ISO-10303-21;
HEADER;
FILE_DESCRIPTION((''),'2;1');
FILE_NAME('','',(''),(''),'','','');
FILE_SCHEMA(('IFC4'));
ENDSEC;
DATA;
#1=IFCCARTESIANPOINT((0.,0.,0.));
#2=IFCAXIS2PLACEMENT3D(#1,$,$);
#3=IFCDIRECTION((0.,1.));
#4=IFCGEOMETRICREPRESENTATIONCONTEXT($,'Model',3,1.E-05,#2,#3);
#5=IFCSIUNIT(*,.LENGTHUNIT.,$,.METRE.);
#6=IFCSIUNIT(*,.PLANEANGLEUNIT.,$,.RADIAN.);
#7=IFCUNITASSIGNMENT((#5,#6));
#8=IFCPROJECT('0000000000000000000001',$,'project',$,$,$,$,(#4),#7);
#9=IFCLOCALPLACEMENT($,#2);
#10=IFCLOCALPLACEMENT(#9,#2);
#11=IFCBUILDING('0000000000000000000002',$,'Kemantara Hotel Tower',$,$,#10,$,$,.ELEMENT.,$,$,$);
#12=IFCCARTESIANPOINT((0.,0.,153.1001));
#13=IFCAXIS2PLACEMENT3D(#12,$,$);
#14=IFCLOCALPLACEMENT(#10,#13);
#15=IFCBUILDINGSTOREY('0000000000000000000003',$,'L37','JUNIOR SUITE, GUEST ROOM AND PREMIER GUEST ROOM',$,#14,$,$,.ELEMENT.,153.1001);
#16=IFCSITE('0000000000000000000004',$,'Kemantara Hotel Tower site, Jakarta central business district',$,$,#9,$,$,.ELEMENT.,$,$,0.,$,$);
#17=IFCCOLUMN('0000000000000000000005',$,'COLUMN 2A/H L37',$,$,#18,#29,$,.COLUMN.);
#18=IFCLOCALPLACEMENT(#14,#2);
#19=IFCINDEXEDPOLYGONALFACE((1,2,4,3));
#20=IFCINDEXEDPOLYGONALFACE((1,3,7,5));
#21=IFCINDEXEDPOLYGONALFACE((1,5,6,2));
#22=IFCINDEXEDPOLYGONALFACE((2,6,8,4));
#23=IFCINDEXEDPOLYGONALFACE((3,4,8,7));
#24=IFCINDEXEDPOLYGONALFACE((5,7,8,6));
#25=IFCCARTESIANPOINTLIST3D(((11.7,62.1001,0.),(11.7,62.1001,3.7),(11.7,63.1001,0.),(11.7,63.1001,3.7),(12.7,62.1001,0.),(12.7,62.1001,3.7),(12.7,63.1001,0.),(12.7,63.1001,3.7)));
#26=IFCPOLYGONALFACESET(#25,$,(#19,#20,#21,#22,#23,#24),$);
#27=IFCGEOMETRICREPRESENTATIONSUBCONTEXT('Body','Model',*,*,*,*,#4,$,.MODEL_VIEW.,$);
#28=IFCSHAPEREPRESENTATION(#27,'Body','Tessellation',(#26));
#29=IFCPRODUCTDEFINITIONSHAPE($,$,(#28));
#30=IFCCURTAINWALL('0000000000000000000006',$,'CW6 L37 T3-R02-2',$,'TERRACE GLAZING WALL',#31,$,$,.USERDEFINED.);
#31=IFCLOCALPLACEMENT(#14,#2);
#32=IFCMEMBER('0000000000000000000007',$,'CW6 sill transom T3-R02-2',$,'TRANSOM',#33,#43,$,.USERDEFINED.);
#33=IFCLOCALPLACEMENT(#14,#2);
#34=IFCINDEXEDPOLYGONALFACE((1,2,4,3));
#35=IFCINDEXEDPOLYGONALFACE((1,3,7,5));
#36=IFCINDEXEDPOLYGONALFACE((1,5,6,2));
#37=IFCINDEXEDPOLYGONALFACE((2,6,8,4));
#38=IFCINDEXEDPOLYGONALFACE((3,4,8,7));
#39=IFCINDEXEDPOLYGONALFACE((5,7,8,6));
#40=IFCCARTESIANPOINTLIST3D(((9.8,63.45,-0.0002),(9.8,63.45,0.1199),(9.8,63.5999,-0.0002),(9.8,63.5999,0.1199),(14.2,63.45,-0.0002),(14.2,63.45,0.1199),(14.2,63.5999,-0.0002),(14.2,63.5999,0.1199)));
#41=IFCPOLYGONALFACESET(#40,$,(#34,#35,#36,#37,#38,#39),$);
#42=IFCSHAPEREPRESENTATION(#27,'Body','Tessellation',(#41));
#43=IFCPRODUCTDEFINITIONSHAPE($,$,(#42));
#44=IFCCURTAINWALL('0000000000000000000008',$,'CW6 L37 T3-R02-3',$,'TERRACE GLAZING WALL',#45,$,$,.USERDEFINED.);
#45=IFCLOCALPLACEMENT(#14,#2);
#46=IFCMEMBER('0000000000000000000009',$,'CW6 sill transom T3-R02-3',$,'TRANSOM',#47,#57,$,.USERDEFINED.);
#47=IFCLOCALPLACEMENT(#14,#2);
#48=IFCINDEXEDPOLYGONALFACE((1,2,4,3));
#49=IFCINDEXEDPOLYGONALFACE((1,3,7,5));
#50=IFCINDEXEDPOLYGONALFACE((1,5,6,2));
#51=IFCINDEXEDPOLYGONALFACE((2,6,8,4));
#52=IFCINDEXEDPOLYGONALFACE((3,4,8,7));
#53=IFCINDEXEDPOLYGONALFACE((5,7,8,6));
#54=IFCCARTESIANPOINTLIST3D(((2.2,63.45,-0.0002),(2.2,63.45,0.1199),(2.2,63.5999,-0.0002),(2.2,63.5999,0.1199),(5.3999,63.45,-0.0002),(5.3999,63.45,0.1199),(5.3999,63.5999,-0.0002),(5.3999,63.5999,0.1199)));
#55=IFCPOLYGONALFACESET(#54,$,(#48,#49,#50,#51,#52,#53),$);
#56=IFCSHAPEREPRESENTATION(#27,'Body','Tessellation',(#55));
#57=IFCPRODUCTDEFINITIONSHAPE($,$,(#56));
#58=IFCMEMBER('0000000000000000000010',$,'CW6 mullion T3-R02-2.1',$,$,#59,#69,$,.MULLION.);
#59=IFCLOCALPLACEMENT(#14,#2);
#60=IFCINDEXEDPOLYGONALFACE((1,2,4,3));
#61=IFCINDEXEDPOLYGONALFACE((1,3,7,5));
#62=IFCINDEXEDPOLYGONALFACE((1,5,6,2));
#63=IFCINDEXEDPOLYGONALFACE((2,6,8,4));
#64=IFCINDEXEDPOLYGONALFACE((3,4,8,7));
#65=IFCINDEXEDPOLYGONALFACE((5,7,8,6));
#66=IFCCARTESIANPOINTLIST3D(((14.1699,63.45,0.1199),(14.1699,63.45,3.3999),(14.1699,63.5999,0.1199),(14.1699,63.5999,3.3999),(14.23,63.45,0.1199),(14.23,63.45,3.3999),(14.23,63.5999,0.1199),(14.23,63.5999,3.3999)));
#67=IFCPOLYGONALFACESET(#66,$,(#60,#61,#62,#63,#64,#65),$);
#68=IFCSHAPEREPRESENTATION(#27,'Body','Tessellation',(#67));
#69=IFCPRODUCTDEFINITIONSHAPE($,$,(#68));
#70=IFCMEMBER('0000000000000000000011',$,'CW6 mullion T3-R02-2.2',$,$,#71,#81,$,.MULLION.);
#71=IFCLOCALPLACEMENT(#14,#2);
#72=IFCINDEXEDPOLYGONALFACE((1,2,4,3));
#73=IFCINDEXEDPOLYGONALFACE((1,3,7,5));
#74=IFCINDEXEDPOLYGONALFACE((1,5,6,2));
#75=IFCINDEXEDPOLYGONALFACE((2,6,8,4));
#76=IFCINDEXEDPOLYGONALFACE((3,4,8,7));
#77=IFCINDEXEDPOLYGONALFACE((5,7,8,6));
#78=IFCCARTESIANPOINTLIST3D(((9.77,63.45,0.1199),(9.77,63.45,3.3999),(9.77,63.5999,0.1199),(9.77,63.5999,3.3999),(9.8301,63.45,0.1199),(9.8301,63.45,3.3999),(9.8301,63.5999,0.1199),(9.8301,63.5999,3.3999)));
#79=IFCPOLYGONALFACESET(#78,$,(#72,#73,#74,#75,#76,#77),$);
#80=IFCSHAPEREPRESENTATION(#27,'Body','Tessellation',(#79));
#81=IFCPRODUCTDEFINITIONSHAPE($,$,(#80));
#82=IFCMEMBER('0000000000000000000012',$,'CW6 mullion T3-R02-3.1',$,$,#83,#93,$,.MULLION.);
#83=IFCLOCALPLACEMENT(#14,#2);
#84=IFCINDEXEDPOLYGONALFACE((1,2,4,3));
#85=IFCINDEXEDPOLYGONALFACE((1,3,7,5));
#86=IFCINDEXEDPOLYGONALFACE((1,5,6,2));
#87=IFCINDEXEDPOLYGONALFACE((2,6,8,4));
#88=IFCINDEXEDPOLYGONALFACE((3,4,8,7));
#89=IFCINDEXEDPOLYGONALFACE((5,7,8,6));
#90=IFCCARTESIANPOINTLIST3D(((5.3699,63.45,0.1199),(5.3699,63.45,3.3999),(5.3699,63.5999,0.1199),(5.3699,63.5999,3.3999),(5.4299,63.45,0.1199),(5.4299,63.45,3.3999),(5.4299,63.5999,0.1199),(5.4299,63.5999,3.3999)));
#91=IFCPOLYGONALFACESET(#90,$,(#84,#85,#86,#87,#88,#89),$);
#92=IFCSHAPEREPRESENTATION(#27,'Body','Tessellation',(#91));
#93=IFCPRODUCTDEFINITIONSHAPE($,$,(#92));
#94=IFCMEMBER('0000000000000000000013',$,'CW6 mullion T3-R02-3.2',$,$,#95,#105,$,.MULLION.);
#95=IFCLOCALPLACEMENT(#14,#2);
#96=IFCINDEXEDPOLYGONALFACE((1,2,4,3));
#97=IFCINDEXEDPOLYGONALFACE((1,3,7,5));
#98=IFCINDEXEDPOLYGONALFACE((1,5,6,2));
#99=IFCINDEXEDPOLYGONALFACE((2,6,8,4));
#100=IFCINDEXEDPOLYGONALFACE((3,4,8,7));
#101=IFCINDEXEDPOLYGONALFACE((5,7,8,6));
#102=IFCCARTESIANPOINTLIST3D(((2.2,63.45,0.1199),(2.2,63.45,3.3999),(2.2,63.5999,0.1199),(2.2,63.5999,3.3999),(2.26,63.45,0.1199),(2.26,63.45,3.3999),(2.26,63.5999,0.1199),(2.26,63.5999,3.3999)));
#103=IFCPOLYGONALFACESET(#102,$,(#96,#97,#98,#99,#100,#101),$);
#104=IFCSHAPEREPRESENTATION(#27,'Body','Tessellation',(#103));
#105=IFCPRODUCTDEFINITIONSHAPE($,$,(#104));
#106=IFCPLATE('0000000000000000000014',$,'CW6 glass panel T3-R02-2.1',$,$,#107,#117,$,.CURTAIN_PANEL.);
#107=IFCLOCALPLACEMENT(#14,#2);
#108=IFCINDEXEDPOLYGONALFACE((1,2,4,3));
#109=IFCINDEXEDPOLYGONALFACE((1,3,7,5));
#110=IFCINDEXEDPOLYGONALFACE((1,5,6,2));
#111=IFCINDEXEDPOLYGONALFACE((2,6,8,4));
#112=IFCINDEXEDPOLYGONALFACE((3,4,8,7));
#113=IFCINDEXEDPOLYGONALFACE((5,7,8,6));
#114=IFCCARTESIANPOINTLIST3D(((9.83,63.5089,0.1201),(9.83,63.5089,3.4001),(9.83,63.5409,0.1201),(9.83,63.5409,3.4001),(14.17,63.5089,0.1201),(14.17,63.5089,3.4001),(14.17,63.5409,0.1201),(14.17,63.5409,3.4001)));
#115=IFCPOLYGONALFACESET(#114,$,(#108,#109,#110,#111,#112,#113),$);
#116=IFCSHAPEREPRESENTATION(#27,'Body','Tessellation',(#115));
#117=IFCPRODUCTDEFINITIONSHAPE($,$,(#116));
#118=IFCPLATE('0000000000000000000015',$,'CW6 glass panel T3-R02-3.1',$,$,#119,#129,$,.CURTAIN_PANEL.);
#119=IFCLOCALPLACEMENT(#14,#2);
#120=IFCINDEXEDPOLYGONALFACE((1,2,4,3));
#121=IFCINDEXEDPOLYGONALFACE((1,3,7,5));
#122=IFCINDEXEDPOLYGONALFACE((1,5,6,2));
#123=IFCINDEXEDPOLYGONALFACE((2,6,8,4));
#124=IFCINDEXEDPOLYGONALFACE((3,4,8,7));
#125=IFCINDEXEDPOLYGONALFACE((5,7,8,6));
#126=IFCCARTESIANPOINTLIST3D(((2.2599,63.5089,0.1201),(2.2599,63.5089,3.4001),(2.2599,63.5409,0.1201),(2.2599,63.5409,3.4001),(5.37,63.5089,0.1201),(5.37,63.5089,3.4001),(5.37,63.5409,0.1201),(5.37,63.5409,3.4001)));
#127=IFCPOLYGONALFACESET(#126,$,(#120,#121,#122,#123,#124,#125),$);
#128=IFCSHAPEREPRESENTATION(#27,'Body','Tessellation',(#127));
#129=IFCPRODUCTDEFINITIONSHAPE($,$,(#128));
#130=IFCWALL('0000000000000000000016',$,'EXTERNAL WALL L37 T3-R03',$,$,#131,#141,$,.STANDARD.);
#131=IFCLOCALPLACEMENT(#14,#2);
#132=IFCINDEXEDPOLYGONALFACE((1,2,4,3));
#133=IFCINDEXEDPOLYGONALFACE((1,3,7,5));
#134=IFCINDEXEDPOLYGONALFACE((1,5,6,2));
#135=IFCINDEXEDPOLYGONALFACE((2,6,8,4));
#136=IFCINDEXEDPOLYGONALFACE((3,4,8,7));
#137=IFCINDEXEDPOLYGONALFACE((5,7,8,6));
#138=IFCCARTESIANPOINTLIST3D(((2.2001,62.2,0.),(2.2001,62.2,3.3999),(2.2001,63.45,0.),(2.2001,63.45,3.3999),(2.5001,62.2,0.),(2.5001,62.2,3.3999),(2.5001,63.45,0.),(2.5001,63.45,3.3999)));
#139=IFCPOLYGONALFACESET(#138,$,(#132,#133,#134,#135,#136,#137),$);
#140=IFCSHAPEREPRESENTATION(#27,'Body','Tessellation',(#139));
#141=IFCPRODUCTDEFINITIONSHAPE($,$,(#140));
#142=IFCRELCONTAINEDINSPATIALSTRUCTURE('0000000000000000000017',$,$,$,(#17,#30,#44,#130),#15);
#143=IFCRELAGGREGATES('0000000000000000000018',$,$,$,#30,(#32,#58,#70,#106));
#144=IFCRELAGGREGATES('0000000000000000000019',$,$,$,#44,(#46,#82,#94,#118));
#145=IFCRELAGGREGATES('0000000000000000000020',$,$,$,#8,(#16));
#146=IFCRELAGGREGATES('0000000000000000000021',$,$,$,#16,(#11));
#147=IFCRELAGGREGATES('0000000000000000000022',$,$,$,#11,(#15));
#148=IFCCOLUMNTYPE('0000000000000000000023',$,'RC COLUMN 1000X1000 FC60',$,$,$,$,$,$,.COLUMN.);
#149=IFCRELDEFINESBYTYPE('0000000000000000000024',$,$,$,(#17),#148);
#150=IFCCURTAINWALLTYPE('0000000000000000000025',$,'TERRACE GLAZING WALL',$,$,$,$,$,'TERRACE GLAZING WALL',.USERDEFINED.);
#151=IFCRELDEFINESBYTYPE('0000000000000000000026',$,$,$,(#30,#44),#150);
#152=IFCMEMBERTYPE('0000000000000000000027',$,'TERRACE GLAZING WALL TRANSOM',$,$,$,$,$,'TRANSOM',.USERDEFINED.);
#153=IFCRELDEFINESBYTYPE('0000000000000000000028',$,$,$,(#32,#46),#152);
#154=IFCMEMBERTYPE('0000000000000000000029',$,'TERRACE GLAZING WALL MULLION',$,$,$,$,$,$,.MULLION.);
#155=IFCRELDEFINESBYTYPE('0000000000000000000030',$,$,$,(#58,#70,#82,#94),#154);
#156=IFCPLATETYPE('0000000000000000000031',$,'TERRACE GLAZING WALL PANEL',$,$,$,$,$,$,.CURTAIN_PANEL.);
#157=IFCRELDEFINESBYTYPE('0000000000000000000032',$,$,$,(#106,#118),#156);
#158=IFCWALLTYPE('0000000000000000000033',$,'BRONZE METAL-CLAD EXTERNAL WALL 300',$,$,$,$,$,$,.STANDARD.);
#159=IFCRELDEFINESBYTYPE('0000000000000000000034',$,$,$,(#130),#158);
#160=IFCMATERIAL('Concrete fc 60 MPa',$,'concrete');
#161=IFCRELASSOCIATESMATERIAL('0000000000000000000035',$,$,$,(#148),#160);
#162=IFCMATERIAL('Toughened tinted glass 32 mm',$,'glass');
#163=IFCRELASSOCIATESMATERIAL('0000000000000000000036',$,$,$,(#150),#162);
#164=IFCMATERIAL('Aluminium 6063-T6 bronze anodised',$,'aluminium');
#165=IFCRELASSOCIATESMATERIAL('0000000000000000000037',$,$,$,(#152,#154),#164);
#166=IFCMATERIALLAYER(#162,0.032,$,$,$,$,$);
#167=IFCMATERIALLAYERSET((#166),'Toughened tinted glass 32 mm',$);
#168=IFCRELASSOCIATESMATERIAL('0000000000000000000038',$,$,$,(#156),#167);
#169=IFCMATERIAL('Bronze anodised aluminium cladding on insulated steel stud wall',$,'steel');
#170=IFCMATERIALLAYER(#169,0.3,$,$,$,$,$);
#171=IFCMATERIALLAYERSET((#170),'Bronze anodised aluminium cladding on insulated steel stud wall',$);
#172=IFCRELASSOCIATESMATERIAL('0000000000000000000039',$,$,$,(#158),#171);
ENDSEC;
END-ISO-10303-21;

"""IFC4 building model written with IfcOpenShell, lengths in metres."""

from ifc_helpers import new_model, si_unit, direction, frame, frame_2d, origin, origin_2d, place, context, subcontext, project, spatial, rectangle, extrude, source, transform, mapped, material, layer, layer_set, material_profile, profile_set, type_object, element, aggregate, save


model = new_model("IFC4")

# Units and contexts
model_context = context("Model", 3, precision=1e-05, world=origin(), true_north=direction((0.0, 1.0)))
body_context = subcontext(model_context, "Body", "Model", "MODEL_VIEW")
ifc_project = project(units=[si_unit("LENGTHUNIT", "METRE"), si_unit("PLANEANGLEUNIT", "RADIAN")], contexts=[model_context])

# Site, building, storey
site_placement = place(None, origin())
site = spatial("IfcSite", under=ifc_project, at=site_placement, Name="Kemantara Hotel Tower site, Jakarta central business district", CompositionType="ELEMENT", RefElevation=0.0)
building_placement = place(site_placement, origin())
building = spatial("IfcBuilding", under=site, at=building_placement, Name="Kemantara Hotel Tower", CompositionType="ELEMENT")
storey_placement = place(building_placement, frame((0.0, 0.0, 153.1001)))
storey = spatial("IfcBuildingStorey", under=building, at=storey_placement, Name="L37", Description="JUNIOR SUITE, GUEST ROOM AND PREMIER GUEST ROOM", CompositionType="ELEMENT", Elevation=153.1001)

# Column
ifc_material_1 = material(Name="Concrete fc 60 MPa", Category="concrete")
ifc_material_profile_1 = material_profile(ifc_material_1, rectangle(XDim=1.0, YDim=1.0, at=origin_2d()), Name="RC 1000X1000")
ifc_profile_set_1 = profile_set([ifc_material_profile_1], Name="Concrete fc 60 MPa")
column_type = type_object("IfcColumnType", Name="RC COLUMN 1000X1000 FC60", PredefinedType="COLUMN", material=ifc_profile_set_1)
column_placement = place(storey_placement, frame((12.2, 62.6001, 0.0), z_axis=(0.0, 0.0, 1.0), x_axis=(1.0, 0.0, 0.0)))
element("IfcColumn", 1, at=column_placement, inside=storey, type_object=column_type, Name="COLUMN 2A/H L37", PredefinedType="COLUMN", context=body_context, shape_type="SweptSolid", body=[
    extrude(rectangle(XDim=1.0, YDim=1.0, at=origin_2d()), origin(), (0.0, 0.0, 1.0), 3.7),
])

# Curtain walls, members
ifc_material_2 = material(Name="Toughened tinted glass 32 mm", Category="glass")
curtain_wall_type = type_object("IfcCurtainWallType", Name="TERRACE GLAZING WALL", ElementType="TERRACE GLAZING WALL", PredefinedType="USERDEFINED", material=ifc_material_2)
curtain_wall_1_placement = place(storey_placement, origin())
curtain_wall_1 = element("IfcCurtainWall", 2, at=curtain_wall_1_placement, inside=storey, type_object=curtain_wall_type, Name="CW6 L37 T3-R02-2", ObjectType="TERRACE GLAZING WALL", PredefinedType="USERDEFINED")
ifc_material_3 = material(Name="Aluminium 6063-T6 bronze anodised", Category="aluminium")
ifc_material_profile_2 = material_profile(ifc_material_3, rectangle(XDim=0.1499, YDim=0.1201, at=origin_2d()), Name="TERRACE GLAZING WALL TRANSOM")
ifc_profile_set_2 = profile_set([ifc_material_profile_2], Name="Aluminium 6063-T6 bronze anodised")
member_type_1 = type_object("IfcMemberType", Name="TERRACE GLAZING WALL TRANSOM", ElementType="TRANSOM", PredefinedType="USERDEFINED", material=ifc_profile_set_2)
member_1_placement = place(storey_placement, frame((14.2, 63.5249, 0.0598), z_axis=(-1.0, 0.0, 0.0), x_axis=(0.0, -1.0, 0.0)))
member_1 = element("IfcMember", 3, at=member_1_placement, type_object=member_type_1, Name="CW6 sill transom T3-R02-2", ObjectType="TRANSOM", PredefinedType="USERDEFINED", context=body_context, shape_type="SweptSolid", body=[
    extrude(rectangle(XDim=0.1499, YDim=0.1201, at=origin_2d()), origin(), (0.0, 0.0, 1.0), 4.3999),
])
curtain_wall_2_placement = place(storey_placement, origin())
curtain_wall_2 = element("IfcCurtainWall", 4, at=curtain_wall_2_placement, inside=storey, type_object=curtain_wall_type, Name="CW6 L37 T3-R02-3", ObjectType="TERRACE GLAZING WALL", PredefinedType="USERDEFINED")
member_2_placement = place(storey_placement, frame((5.3999, 63.5249, 0.0598), z_axis=(-1.0, 0.0, 0.0), x_axis=(0.0, -1.0, 0.0)))
member_2 = element("IfcMember", 5, at=member_2_placement, type_object=member_type_1, Name="CW6 sill transom T3-R02-3", ObjectType="TRANSOM", PredefinedType="USERDEFINED", context=body_context, shape_type="SweptSolid", body=[
    extrude(rectangle(XDim=0.1499, YDim=0.1201, at=origin_2d()), origin(), (0.0, 0.0, 1.0), 3.2),
])

# Members
ifc_material_profile_3 = material_profile(ifc_material_3, rectangle(XDim=0.1499, YDim=0.0601, at=origin_2d()), Name="TERRACE GLAZING WALL MULLION")
ifc_profile_set_3 = profile_set([ifc_material_profile_3], Name="Aluminium 6063-T6 bronze anodised")
member_type_2 = type_object("IfcMemberType", Name="TERRACE GLAZING WALL MULLION", PredefinedType="MULLION", material=ifc_profile_set_3)
shared_shape_1 = source(origin(), body_context, "Body", "SweptSolid", [
    extrude(rectangle(XDim=0.1499, YDim=0.0601, at=origin_2d()), origin(), (0.0, 0.0, 1.0), 3.28),
])
member_3_placement = place(storey_placement, frame((14.2, 63.5249, 0.1199), z_axis=(0.0, 0.0, 1.0), x_axis=(0.0, -1.0, 0.0)))
member_3 = element("IfcMember", 6, at=member_3_placement, type_object=member_type_2, Name="CW6 mullion T3-R02-2.1", PredefinedType="MULLION", context=body_context, shape_type="MappedRepresentation", body=[
    mapped(shared_shape_1, transform((0.0, 0.0, 0.0))),
])
member_4_placement = place(storey_placement, frame((9.8, 63.5249, 0.1199), z_axis=(0.0, 0.0, 1.0), x_axis=(0.0, -1.0, 0.0)))
member_4 = element("IfcMember", 7, at=member_4_placement, type_object=member_type_2, Name="CW6 mullion T3-R02-2.2", PredefinedType="MULLION", context=body_context, shape_type="MappedRepresentation", body=[
    mapped(shared_shape_1, transform((0.0, 0.0, 0.0))),
])
member_5_placement = place(storey_placement, frame((5.3999, 63.5249, 0.1199), z_axis=(0.0, 0.0, 1.0), x_axis=(0.0, -1.0, 0.0)))
member_5 = element("IfcMember", 8, at=member_5_placement, type_object=member_type_2, Name="CW6 mullion T3-R02-3.1", PredefinedType="MULLION", context=body_context, shape_type="MappedRepresentation", body=[
    mapped(shared_shape_1, transform((0.0, 0.0, 0.0))),
])
member_6_placement = place(storey_placement, frame((2.23, 63.5249, 0.1199), z_axis=(0.0, 0.0, 1.0), x_axis=(0.0, -1.0, 0.0)))
member_6 = element("IfcMember", 9, at=member_6_placement, type_object=member_type_2, Name="CW6 mullion T3-R02-3.2", PredefinedType="MULLION", context=body_context, shape_type="MappedRepresentation", body=[
    mapped(shared_shape_1, transform((0.0, 0.0, 0.0))),
])

# Plates
ifc_layer_1 = layer(ifc_material_2, 0.032)
ifc_layer_set_1 = layer_set([ifc_layer_1], Name="Toughened tinted glass 32 mm")
plate_type = type_object("IfcPlateType", Name="TERRACE GLAZING WALL PANEL", PredefinedType="CURTAIN_PANEL", material=ifc_layer_set_1)
shared_shape_2 = source(origin(), body_context, "Body", "SweptSolid", [
    extrude(rectangle(XDim=4.3401, YDim=0.032, at=origin_2d()), origin(), (0.0, 0.0, 1.0), 3.28),
])
plate_1_placement = place(storey_placement, frame((12.0, 63.5249, 0.1201), z_axis=(0.0, 0.0, 1.0), x_axis=(-1.0, 0.0, 0.0)))
plate_1 = element("IfcPlate", 10, at=plate_1_placement, type_object=plate_type, Name="CW6 glass panel T3-R02-2.1", PredefinedType="CURTAIN_PANEL", context=body_context, shape_type="MappedRepresentation", body=[
    mapped(shared_shape_2, transform((0.0, 0.0, 0.0))),
])
aggregate(curtain_wall_1, [member_1, member_3, member_4, plate_1])
shared_shape_3 = source(origin(), body_context, "Body", "SweptSolid", [
    extrude(rectangle(XDim=3.1101, YDim=0.032, at=origin_2d()), origin(), (0.0, 0.0, 1.0), 3.28),
])
plate_2_placement = place(storey_placement, frame((3.8149, 63.5249, 0.1201), z_axis=(0.0, 0.0, 1.0), x_axis=(-1.0, 0.0, 0.0)))
plate_2 = element("IfcPlate", 11, at=plate_2_placement, type_object=plate_type, Name="CW6 glass panel T3-R02-3.1", PredefinedType="CURTAIN_PANEL", context=body_context, shape_type="MappedRepresentation", body=[
    mapped(shared_shape_3, transform((0.0, 0.0, 0.0))),
])
aggregate(curtain_wall_2, [member_2, member_5, member_6, plate_2])

# Wall
ifc_material_4 = material(Name="Bronze anodised aluminium cladding on insulated steel stud wall", Category="steel")
ifc_layer_2 = layer(ifc_material_4, 0.3)
ifc_layer_set_2 = layer_set([ifc_layer_2], Name="Bronze anodised aluminium cladding on insulated steel stud wall")
wall_type_1 = type_object("IfcWallType", Name="BRONZE METAL-CLAD EXTERNAL WALL 300", PredefinedType="STANDARD", material=ifc_layer_set_2)
wall_1_placement = place(storey_placement, frame((2.3501, 63.45, 0.0), z_axis=(0.0, 0.0, 1.0), x_axis=(0.0, -1.0, 0.0)))
element("IfcWall", 12, at=wall_1_placement, inside=storey, type_object=wall_type_1, Name="EXTERNAL WALL L37 T3-R03", PredefinedType="STANDARD", context=body_context, shape_type="SweptSolid", body=[
    extrude(rectangle(XDim=1.25, YDim=0.3, at=frame_2d((0.625, 0.0))), origin(), (0.0, 0.0, 1.0), 3.3999),
])

save(model, "model.ifc")
